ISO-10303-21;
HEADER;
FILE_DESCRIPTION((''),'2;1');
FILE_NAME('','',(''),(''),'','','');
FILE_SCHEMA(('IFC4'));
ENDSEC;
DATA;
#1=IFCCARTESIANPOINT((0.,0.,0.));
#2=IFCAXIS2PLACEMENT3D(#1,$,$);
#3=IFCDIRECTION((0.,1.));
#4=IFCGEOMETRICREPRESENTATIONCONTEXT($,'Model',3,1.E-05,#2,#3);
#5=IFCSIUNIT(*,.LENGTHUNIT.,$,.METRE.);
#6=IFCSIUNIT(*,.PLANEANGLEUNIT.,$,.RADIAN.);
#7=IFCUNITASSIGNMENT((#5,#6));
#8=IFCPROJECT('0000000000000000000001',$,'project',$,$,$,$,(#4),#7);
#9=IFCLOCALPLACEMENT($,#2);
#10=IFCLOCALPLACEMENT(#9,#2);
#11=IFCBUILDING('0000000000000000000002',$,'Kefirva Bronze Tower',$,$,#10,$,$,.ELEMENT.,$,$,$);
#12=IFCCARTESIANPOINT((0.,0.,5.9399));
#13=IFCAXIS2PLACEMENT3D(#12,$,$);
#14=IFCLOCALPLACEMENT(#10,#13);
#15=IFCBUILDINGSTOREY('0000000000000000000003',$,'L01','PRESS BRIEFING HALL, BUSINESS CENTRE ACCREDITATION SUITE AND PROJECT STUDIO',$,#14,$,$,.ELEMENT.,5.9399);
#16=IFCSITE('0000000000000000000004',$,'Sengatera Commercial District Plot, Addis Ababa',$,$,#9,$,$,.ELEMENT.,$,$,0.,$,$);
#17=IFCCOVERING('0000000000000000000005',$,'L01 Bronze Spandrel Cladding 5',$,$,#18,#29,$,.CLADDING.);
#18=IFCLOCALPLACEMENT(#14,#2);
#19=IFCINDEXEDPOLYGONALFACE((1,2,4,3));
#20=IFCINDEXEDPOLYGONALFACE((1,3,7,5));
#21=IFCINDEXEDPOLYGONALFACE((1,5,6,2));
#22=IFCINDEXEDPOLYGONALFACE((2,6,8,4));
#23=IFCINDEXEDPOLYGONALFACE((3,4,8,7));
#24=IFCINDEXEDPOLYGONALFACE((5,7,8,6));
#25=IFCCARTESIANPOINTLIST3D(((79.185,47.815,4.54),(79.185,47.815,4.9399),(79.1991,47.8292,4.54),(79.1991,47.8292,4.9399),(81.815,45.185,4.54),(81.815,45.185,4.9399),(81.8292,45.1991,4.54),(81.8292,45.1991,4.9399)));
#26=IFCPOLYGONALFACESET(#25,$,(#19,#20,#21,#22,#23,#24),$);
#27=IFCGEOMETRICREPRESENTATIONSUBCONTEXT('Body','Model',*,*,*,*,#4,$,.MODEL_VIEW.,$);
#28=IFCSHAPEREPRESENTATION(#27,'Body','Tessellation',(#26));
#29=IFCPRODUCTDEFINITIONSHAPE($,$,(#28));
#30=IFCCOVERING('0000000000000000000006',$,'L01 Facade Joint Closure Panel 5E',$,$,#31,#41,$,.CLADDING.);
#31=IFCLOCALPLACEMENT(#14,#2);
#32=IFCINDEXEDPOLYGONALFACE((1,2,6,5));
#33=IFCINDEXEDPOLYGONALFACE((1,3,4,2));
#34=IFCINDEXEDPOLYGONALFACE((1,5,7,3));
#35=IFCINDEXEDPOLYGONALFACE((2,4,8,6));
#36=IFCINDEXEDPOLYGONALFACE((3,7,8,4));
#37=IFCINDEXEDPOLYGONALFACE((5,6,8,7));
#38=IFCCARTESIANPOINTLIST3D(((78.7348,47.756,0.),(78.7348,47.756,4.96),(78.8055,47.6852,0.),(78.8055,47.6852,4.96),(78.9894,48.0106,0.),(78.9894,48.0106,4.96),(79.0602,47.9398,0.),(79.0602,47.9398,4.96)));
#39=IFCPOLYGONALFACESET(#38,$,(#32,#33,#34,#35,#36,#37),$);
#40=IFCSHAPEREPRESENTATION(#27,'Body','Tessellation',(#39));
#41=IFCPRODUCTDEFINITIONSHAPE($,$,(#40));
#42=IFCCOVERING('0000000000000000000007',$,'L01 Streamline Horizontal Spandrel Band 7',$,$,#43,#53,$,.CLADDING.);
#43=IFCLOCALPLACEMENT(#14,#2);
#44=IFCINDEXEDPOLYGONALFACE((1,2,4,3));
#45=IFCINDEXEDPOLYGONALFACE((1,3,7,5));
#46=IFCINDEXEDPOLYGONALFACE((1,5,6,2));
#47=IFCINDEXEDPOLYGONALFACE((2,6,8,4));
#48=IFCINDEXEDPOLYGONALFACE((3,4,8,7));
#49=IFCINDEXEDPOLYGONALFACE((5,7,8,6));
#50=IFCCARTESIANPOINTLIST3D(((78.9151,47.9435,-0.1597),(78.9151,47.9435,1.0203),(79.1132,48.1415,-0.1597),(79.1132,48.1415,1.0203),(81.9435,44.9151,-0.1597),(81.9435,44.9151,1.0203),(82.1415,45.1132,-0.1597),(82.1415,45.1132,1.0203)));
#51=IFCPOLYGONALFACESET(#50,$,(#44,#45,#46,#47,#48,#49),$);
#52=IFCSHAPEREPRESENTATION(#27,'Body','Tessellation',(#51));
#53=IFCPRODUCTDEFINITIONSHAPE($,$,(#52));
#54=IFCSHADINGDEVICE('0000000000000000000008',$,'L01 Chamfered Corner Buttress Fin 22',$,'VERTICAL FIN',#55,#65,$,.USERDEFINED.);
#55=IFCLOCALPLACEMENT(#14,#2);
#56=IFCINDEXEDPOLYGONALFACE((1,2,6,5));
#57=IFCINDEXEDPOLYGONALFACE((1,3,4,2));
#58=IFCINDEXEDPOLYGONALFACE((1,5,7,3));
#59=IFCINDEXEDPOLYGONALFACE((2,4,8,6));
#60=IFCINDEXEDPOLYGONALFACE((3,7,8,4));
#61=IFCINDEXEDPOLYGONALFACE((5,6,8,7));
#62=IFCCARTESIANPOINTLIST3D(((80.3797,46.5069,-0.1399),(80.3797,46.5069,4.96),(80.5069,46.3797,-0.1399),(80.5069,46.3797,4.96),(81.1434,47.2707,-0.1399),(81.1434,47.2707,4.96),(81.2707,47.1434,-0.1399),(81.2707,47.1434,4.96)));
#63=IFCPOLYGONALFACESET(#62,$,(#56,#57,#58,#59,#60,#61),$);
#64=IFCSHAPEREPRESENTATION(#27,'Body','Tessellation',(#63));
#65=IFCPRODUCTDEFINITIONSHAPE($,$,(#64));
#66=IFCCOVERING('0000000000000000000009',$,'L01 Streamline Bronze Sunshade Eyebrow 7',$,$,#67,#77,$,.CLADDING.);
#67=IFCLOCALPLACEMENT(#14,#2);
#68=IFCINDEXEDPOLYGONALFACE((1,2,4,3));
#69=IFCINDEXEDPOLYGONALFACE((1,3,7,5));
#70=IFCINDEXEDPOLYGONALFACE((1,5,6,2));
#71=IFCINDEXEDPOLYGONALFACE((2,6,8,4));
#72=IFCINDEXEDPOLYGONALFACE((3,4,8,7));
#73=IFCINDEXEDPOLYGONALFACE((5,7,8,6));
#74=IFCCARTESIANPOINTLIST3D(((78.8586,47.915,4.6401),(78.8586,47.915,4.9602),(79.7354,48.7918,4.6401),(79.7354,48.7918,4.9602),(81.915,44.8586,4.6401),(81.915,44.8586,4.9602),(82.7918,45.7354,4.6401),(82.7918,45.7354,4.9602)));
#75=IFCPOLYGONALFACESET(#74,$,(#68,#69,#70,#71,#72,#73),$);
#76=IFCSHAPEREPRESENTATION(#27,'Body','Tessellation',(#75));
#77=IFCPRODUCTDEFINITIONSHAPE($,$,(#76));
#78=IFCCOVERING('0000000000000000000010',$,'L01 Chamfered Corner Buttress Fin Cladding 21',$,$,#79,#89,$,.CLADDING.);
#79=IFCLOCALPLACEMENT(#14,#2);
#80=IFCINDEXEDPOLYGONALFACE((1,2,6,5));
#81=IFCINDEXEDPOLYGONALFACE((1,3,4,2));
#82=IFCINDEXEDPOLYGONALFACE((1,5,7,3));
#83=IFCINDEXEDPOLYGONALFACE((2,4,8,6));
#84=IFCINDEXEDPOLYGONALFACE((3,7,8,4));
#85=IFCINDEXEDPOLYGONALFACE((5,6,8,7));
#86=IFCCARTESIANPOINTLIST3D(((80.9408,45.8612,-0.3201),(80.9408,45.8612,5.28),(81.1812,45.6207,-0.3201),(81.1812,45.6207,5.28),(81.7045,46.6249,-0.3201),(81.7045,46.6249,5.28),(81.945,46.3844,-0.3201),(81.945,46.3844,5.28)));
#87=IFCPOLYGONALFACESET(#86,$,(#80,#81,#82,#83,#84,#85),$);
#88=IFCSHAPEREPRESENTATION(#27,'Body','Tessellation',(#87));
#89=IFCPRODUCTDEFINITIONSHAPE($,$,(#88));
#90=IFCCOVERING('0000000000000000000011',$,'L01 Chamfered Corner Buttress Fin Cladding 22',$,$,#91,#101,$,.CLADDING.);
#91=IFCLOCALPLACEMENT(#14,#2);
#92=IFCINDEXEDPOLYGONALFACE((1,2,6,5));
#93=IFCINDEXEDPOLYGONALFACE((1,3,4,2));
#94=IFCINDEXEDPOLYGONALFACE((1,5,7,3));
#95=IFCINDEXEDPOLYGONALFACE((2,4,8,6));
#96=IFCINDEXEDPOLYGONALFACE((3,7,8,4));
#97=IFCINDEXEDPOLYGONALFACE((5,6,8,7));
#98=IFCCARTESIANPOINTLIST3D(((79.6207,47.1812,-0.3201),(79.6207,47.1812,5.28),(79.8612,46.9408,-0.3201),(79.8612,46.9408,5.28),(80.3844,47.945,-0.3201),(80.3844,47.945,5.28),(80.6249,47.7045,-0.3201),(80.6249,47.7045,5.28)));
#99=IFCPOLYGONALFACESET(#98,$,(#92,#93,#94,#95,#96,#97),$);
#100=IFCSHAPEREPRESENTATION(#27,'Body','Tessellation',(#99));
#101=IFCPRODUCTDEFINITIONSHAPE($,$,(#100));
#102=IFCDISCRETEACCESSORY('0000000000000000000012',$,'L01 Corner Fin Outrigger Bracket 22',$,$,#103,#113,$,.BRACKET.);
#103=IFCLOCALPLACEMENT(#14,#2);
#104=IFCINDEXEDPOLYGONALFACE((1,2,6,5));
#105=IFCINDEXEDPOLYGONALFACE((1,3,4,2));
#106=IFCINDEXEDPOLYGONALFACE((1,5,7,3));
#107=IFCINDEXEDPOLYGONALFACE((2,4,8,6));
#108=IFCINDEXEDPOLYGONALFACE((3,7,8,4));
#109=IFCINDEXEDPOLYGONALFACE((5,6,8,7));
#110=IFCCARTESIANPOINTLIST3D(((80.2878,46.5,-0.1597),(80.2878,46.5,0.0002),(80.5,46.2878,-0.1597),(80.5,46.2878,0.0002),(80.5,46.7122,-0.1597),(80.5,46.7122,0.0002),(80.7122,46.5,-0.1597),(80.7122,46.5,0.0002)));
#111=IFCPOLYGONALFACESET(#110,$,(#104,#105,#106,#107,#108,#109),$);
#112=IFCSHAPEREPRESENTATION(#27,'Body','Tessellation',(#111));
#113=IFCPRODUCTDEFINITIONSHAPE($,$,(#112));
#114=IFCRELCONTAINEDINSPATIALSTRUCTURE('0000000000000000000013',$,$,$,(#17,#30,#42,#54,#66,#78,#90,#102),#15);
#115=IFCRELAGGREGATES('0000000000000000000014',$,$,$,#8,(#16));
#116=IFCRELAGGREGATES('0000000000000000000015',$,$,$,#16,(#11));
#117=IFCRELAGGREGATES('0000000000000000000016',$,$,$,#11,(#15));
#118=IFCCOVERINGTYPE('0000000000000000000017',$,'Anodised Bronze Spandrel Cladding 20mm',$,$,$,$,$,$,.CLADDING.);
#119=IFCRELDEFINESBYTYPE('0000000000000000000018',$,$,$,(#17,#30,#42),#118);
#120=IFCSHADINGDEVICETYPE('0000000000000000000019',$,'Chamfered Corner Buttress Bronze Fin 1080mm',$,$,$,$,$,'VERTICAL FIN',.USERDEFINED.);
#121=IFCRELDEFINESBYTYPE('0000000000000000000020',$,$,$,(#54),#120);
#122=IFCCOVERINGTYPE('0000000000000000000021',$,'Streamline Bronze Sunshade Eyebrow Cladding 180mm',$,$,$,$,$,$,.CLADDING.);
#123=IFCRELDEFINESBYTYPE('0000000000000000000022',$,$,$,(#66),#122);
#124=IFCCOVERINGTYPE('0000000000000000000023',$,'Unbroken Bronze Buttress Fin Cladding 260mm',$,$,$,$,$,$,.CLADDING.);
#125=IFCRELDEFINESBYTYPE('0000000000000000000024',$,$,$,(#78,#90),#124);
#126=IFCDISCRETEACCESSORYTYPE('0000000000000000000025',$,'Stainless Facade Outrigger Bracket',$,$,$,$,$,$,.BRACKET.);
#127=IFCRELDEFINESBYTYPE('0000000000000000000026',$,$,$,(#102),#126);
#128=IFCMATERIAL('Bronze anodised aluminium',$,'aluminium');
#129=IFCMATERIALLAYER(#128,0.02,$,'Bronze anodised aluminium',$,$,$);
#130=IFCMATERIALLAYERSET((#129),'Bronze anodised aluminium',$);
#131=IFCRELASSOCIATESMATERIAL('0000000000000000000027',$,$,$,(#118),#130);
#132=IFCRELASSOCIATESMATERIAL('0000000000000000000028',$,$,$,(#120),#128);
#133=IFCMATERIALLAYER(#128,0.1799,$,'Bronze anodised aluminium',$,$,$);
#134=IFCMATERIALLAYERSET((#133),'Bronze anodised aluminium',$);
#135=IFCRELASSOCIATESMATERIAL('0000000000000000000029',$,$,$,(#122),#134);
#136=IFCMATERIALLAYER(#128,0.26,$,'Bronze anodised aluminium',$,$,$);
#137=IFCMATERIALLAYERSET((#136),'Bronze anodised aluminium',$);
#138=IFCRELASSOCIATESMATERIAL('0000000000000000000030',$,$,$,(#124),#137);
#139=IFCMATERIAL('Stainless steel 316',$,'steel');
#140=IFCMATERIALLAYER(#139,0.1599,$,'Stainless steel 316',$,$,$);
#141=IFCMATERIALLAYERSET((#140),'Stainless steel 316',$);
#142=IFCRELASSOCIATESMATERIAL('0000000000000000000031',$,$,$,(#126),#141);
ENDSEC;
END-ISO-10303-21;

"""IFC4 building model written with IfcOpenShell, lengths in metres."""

from ifc_helpers import new_model, si_unit, direction, frame, origin, origin_2d, place, context, subcontext, project, spatial, rectangle, extrude, material, layer, layer_set, material_profile, profile_set, type_object, element, save


model = new_model("IFC4")

# Units and contexts
model_context = context("Model", 3, precision=1e-05, world=origin(), true_north=direction((0.0, 1.0)))
body_context = subcontext(model_context, "Body", "Model", "MODEL_VIEW")
ifc_project = project(units=[si_unit("LENGTHUNIT", "METRE"), si_unit("PLANEANGLEUNIT", "RADIAN")], contexts=[model_context])

# Site, building, storey
site_placement = place(None, origin())
site = spatial("IfcSite", under=ifc_project, at=site_placement, Name="Sengatera Commercial District Plot, Addis Ababa", CompositionType="ELEMENT", RefElevation=0.0)
building_placement = place(site_placement, origin())
building = spatial("IfcBuilding", under=site, at=building_placement, Name="Kefirva Bronze Tower", CompositionType="ELEMENT")
storey_placement = place(building_placement, frame((0.0, 0.0, 5.9399)))
storey = spatial("IfcBuildingStorey", under=building, at=storey_placement, Name="L01", Description="PRESS BRIEFING HALL, BUSINESS CENTRE ACCREDITATION SUITE AND PROJECT STUDIO", CompositionType="ELEMENT", Elevation=5.9399)

# Shared definitions
ifc_material_1 = material(Name="Bronze anodised aluminium", Category="aluminium")

# Coverings
ifc_layer_1 = layer(ifc_material_1, 0.02, Name="Bronze anodised aluminium")
ifc_layer_set_1 = layer_set([ifc_layer_1], Name="Bronze anodised aluminium")
covering_type_1 = type_object("IfcCoveringType", Name="Anodised Bronze Spandrel Cladding 20mm", PredefinedType="CLADDING", material=ifc_layer_set_1)
covering_1_placement = place(storey_placement, frame((80.5071, 46.5071, 4.54), z_axis=(0.0, 0.0, 1.0), x_axis=(-0.707107, 0.707107, 0.0)))
element("IfcCovering", 1, at=covering_1_placement, inside=storey, type_object=covering_type_1, Name="L01 Bronze Spandrel Cladding 5", PredefinedType="CLADDING", context=body_context, shape_type="SweptSolid", body=[
    extrude(rectangle(XDim=3.7195, YDim=0.02, at=origin_2d()), origin(), (0.0, 0.0, 1.0), 0.3999),
])
covering_2_placement = place(storey_placement, frame((78.8975, 47.8479, 0.0), z_axis=(0.0, 0.0, 1.0), x_axis=(-0.707107, 0.707107, 0.0)))
element("IfcCovering", 2, at=covering_2_placement, inside=storey, type_object=covering_type_1, Name="L01 Facade Joint Closure Panel 5E", PredefinedType="CLADDING", context=body_context, shape_type="SweptSolid", body=[
    extrude(rectangle(XDim=0.1001, YDim=0.3601, at=origin_2d()), origin(), (0.0, 0.0, 1.0), 4.96),
])
covering_3_placement = place(storey_placement, frame((80.5283, 46.5283, -0.1597), z_axis=(0.0, 0.0, 1.0), x_axis=(-0.707107, 0.707107, 0.0)))
element("IfcCovering", 3, at=covering_3_placement, inside=storey, type_object=covering_type_1, Name="L01 Streamline Horizontal Spandrel Band 7", PredefinedType="CLADDING", context=body_context, shape_type="SweptSolid", body=[
    extrude(rectangle(XDim=4.2827, YDim=0.28, at=origin_2d()), origin(), (0.0, 0.0, 1.0), 1.1799),
])

# Shading device
ifc_material_profile_1 = material_profile(ifc_material_1, rectangle(XDim=0.1799, YDim=1.0801, at=origin_2d()), Name="BRONZE BUTTRESS FIN 180x1080")
ifc_profile_set_1 = profile_set([ifc_material_profile_1], Name="Bronze anodised aluminium")
shading_device_type = type_object("IfcShadingDeviceType", Name="Chamfered Corner Buttress Bronze Fin 1080mm", ElementType="VERTICAL FIN", PredefinedType="USERDEFINED", material=ifc_profile_set_1)
shading_device_placement = place(storey_placement, frame((80.8252, 46.8252, -0.1399), z_axis=(0.0, 0.0, 1.0), x_axis=(-0.707107, 0.707107, 0.0)))
element("IfcShadingDevice", 4, at=shading_device_placement, inside=storey, type_object=shading_device_type, Name="L01 Chamfered Corner Buttress Fin 22", ObjectType="VERTICAL FIN", PredefinedType="USERDEFINED", context=body_context, shape_type="SweptSolid", body=[
    extrude(rectangle(XDim=0.1799, YDim=1.0801, at=origin_2d()), origin(), (0.0, 0.0, 1.0), 5.0999),
])

# Coverings
ifc_layer_2 = layer(ifc_material_1, 0.1799, Name="Bronze anodised aluminium")
ifc_layer_set_2 = layer_set([ifc_layer_2], Name="Bronze anodised aluminium")
covering_type_2 = type_object("IfcCoveringType", Name="Streamline Bronze Sunshade Eyebrow Cladding 180mm", PredefinedType="CLADDING", material=ifc_layer_set_2)
covering_4_placement = place(storey_placement, frame((80.8252, 46.8252, 4.6401), z_axis=(0.0, 0.0, 1.0), x_axis=(-0.707107, 0.707107, 0.0)))
element("IfcCovering", 5, at=covering_4_placement, inside=storey, type_object=covering_type_2, Name="L01 Streamline Bronze Sunshade Eyebrow 7", PredefinedType="CLADDING", context=body_context, shape_type="SweptSolid", body=[
    extrude(rectangle(XDim=4.3225, YDim=1.24, at=origin_2d()), origin(), (0.0, 0.0, 1.0), 0.3201),
])
ifc_layer_3 = layer(ifc_material_1, 0.26, Name="Bronze anodised aluminium")
ifc_layer_set_3 = layer_set([ifc_layer_3], Name="Bronze anodised aluminium")
covering_type_3 = type_object("IfcCoveringType", Name="Unbroken Bronze Buttress Fin Cladding 260mm", PredefinedType="CLADDING", material=ifc_layer_set_3)
for number, where, z_axis, x_axis, name in (
    (6, (81.4429, 46.1228, -0.3201), (0.0, 0.0, 1.0), (-0.707107, 0.707107, 0.0), "L01 Chamfered Corner Buttress Fin Cladding 21"),
    (7, (80.1228, 47.4429, -0.3201), (0.0, 0.0, 1.0), (-0.707107, 0.707107, 0.0), "L01 Chamfered Corner Buttress Fin Cladding 22"),
):
    element("IfcCovering", number, at=place(storey_placement, frame(where, z_axis=z_axis, x_axis=x_axis)), inside=storey, type_object=covering_type_3, Name=name, PredefinedType="CLADDING", context=body_context, shape_type="SweptSolid", body=[
        extrude(rectangle(XDim=0.3401, YDim=1.0801, at=origin_2d()), origin(), (0.0, 0.0, 1.0), 5.6001),
    ])

# Discrete accessory
ifc_material_2 = material(Name="Stainless steel 316", Category="steel")
ifc_layer_4 = layer(ifc_material_2, 0.1599, Name="Stainless steel 316")
ifc_layer_set_4 = layer_set([ifc_layer_4], Name="Stainless steel 316")
discrete_accessory_type = type_object("IfcDiscreteAccessoryType", Name="Stainless Facade Outrigger Bracket", PredefinedType="BRACKET", material=ifc_layer_set_4)
discrete_accessory_placement = place(storey_placement, frame((80.5, 46.5, -0.1597), z_axis=(0.0, 0.0, 1.0), x_axis=(-0.707107, 0.707107, 0.0)))
element("IfcDiscreteAccessory", 8, at=discrete_accessory_placement, inside=storey, type_object=discrete_accessory_type, Name="L01 Corner Fin Outrigger Bracket 22", PredefinedType="BRACKET", context=body_context, shape_type="SweptSolid", body=[
    extrude(rectangle(XDim=0.3, YDim=0.3, at=origin_2d()), origin(), (0.0, 0.0, 1.0), 0.1599),
])

save(model, "model.ifc")
